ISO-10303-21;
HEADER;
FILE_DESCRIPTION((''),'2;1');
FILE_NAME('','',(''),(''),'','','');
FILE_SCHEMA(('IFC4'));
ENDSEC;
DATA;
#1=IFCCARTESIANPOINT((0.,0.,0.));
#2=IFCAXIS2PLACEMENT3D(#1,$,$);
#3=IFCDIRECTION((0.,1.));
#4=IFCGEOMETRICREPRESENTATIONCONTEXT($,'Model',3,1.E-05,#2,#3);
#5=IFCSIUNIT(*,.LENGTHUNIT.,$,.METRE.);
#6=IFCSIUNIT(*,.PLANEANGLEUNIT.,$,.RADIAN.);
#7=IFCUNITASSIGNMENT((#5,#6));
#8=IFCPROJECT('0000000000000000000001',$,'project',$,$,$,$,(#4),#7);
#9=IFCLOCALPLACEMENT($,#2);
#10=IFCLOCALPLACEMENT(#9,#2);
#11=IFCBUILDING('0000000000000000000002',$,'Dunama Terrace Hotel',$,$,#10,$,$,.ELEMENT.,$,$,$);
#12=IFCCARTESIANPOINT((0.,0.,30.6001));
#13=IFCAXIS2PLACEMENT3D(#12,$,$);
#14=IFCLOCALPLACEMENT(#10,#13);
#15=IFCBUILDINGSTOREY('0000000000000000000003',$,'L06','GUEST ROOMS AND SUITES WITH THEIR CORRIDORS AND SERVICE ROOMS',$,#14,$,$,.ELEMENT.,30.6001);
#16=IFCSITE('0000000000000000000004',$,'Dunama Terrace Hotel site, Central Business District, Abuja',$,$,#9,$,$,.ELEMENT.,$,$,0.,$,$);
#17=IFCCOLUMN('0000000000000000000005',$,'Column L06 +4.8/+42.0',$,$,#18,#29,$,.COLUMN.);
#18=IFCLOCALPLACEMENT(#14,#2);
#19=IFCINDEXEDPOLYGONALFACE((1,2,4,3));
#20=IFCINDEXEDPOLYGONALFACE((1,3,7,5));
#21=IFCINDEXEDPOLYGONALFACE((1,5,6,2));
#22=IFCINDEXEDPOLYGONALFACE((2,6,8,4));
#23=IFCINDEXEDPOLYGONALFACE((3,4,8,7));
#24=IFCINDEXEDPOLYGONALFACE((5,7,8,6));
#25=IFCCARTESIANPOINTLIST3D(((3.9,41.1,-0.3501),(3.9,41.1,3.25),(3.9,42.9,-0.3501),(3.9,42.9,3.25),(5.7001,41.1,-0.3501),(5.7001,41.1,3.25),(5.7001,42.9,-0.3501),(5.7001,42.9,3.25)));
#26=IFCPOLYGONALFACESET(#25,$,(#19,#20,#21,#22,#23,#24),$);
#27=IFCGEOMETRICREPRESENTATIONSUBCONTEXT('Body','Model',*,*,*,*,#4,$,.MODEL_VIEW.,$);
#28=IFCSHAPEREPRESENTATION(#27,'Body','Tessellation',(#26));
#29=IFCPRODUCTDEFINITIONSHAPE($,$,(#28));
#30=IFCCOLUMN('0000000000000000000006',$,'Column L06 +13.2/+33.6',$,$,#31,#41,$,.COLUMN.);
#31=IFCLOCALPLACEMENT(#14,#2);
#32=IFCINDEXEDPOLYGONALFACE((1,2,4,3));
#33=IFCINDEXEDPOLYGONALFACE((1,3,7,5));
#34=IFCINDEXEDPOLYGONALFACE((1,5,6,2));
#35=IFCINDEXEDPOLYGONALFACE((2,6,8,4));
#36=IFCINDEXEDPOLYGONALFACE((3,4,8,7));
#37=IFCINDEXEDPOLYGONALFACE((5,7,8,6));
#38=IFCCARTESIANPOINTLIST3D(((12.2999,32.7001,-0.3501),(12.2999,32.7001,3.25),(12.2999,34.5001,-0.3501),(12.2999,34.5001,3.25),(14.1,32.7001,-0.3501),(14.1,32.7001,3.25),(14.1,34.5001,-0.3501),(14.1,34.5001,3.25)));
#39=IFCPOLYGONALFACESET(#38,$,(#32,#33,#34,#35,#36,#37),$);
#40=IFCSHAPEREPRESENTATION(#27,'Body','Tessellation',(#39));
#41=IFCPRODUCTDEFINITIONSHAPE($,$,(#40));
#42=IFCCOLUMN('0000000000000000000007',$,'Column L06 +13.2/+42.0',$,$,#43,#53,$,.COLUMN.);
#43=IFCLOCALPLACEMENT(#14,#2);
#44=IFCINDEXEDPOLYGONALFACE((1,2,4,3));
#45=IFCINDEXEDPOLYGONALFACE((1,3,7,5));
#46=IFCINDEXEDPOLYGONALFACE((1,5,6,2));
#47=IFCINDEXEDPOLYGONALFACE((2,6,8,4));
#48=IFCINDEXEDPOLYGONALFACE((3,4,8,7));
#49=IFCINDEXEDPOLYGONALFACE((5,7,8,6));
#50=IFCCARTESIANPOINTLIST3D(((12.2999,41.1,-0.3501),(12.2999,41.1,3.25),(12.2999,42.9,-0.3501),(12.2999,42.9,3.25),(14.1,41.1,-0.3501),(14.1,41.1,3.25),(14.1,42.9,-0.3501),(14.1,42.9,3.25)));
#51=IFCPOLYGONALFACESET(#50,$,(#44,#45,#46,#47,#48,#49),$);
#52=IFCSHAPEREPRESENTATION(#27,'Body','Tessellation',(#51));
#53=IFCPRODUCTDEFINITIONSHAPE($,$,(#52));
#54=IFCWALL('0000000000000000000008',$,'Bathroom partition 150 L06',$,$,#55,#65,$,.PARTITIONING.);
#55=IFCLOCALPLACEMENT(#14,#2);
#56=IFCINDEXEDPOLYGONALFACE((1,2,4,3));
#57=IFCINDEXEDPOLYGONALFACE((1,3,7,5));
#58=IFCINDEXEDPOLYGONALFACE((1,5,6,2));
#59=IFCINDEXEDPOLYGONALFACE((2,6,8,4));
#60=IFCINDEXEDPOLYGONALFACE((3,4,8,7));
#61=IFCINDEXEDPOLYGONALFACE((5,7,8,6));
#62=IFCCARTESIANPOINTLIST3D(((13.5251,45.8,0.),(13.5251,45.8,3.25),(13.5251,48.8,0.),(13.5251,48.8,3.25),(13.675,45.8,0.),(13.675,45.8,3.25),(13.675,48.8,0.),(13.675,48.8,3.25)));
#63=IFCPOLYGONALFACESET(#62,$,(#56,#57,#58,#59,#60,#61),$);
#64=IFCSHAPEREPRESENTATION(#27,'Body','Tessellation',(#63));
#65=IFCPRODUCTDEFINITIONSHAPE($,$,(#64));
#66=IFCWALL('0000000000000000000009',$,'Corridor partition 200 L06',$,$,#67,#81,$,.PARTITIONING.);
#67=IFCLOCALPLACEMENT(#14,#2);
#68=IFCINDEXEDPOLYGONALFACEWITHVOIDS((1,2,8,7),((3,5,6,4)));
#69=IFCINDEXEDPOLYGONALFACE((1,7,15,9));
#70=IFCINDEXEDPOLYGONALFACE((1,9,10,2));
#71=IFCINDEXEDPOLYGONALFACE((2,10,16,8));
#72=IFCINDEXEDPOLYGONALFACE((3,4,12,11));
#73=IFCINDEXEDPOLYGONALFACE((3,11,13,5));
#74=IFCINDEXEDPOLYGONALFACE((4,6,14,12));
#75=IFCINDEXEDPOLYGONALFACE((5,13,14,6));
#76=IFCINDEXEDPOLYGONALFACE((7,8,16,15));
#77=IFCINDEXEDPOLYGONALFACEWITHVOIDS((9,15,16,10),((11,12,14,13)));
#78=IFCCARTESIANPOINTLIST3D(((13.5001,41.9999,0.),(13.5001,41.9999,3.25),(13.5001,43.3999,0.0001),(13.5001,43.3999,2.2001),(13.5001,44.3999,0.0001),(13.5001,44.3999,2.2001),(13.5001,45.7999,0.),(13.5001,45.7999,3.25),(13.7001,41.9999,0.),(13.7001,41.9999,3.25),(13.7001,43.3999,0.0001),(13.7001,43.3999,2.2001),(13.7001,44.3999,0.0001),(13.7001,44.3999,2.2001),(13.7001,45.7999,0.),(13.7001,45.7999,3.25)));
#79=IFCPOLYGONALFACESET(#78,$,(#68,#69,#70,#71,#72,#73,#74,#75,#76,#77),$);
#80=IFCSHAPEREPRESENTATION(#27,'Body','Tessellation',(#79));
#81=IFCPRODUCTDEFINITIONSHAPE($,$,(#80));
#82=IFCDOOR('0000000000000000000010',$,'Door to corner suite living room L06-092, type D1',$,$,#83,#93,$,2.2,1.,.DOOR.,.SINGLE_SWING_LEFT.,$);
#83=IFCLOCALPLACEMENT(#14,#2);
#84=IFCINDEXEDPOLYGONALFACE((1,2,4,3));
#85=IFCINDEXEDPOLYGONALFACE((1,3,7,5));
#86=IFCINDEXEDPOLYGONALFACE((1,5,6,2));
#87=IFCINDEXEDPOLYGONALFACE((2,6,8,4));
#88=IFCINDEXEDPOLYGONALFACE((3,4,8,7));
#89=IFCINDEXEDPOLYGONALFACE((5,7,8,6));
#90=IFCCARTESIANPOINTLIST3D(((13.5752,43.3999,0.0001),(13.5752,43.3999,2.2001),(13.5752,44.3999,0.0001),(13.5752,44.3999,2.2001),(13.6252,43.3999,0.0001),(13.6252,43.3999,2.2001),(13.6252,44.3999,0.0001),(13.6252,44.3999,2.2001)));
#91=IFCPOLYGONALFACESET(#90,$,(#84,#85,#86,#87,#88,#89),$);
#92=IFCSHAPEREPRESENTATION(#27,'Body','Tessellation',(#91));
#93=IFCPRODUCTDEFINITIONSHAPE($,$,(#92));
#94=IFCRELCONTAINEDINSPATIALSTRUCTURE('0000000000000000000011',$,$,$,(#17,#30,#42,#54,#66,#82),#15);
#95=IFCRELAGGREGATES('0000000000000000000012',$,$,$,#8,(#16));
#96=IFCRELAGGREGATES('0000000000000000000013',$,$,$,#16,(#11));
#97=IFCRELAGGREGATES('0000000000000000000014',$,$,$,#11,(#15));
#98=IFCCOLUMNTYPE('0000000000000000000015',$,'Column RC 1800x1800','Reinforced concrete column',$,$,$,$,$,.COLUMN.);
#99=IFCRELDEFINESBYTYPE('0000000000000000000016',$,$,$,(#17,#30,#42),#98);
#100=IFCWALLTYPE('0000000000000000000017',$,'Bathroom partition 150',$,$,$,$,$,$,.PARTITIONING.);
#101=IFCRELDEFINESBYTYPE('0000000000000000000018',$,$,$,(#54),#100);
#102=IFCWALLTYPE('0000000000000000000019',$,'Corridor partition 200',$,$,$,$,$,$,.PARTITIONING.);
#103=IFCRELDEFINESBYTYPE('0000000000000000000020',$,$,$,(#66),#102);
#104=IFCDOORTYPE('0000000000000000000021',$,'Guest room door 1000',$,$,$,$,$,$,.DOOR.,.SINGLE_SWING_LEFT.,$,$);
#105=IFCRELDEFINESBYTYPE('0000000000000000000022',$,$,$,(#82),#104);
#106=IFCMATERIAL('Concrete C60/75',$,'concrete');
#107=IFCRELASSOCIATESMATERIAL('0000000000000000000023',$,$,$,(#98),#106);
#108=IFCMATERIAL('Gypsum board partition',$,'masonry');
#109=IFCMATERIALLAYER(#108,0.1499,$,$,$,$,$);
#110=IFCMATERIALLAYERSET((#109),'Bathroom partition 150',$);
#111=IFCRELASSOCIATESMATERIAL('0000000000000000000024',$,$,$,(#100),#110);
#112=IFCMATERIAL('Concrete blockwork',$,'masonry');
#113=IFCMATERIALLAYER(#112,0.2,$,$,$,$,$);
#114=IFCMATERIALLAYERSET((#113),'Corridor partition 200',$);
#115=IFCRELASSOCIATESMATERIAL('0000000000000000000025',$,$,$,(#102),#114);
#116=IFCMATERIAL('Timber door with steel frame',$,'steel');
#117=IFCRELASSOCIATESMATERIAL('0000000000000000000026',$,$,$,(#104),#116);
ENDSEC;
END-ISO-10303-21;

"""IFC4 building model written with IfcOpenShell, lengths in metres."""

from ifc_helpers import new_model, si_unit, direction, frame, frame_2d, origin, origin_2d, place, context, subcontext, project, spatial, rectangle, extrude, material, layer, layer_set, material_profile, profile_set, type_object, element, fill, save


model = new_model("IFC4")

# Units and contexts
model_context = context("Model", 3, precision=1e-05, world=origin(), true_north=direction((0.0, 1.0)))
body_context = subcontext(model_context, "Body", "Model", "MODEL_VIEW")
ifc_project = project(units=[si_unit("LENGTHUNIT", "METRE"), si_unit("PLANEANGLEUNIT", "RADIAN")], contexts=[model_context])

# Site, building, storey
site_placement = place(None, origin())
site = spatial("IfcSite", under=ifc_project, at=site_placement, Name="Dunama Terrace Hotel site, Central Business District, Abuja", CompositionType="ELEMENT", RefElevation=0.0)
building_placement = place(site_placement, origin())
building = spatial("IfcBuilding", under=site, at=building_placement, Name="Dunama Terrace Hotel", CompositionType="ELEMENT")
storey_placement = place(building_placement, frame((0.0, 0.0, 30.6001)))
storey = spatial("IfcBuildingStorey", under=building, at=storey_placement, Name="L06", Description="GUEST ROOMS AND SUITES WITH THEIR CORRIDORS AND SERVICE ROOMS", CompositionType="ELEMENT", Elevation=30.6001)

# Columns
ifc_material_1 = material(Name="Concrete C60/75", Category="concrete")
ifc_material_profile = material_profile(ifc_material_1, rectangle(XDim=1.8, YDim=1.8, at=origin_2d()), Name="RC 1800x1800")
ifc_profile_set = profile_set([ifc_material_profile], Name="Concrete C60/75")
column_type = type_object("IfcColumnType", Name="Column RC 1800x1800", Description="Reinforced concrete column", PredefinedType="COLUMN", material=ifc_profile_set)
for number, where, z_axis, x_axis, name in (
    (1, (4.8, 42.0, -0.3501), (0.0, 0.0, 1.0), (1.0, 0.0, 0.0), "Column L06 +4.8/+42.0"),
    (2, (13.2, 33.6001, -0.3501), (0.0, 0.0, 1.0), (1.0, 0.0, 0.0), "Column L06 +13.2/+33.6"),
    (3, (13.2, 42.0, -0.3501), (0.0, 0.0, 1.0), (1.0, 0.0, 0.0), "Column L06 +13.2/+42.0"),
):
    element("IfcColumn", number, at=place(storey_placement, frame(where, z_axis=z_axis, x_axis=x_axis)), inside=storey, type_object=column_type, Name=name, PredefinedType="COLUMN", context=body_context, shape_type="SweptSolid", body=[
        extrude(rectangle(XDim=1.8, YDim=1.8, at=origin_2d()), origin(), (0.0, 0.0, 1.0), 3.6001),
    ])

# Wall
ifc_material_2 = material(Name="Gypsum board partition", Category="masonry")
ifc_layer_1 = layer(ifc_material_2, 0.1499)
ifc_layer_set_1 = layer_set([ifc_layer_1], Name="Bathroom partition 150")
wall_type_1 = type_object("IfcWallType", Name="Bathroom partition 150", PredefinedType="PARTITIONING", material=ifc_layer_set_1)
wall_1_placement = place(storey_placement, frame((13.6001, 45.8, 0.0), z_axis=(0.0, 0.0, 1.0), x_axis=(0.0, 1.0, 0.0)))
element("IfcWall", 4, at=wall_1_placement, inside=storey, type_object=wall_type_1, Name="Bathroom partition 150 L06", PredefinedType="PARTITIONING", context=body_context, shape_type="SweptSolid", body=[
    extrude(rectangle(XDim=3.0, YDim=0.1499, at=frame_2d((1.5, 0.0))), origin(), (0.0, 0.0, 1.0), 3.25),
])

# Wall, opening, door
ifc_material_3 = material(Name="Concrete blockwork", Category="masonry")
ifc_layer_2 = layer(ifc_material_3, 0.2)
ifc_layer_set_2 = layer_set([ifc_layer_2], Name="Corridor partition 200")
wall_type_2 = type_object("IfcWallType", Name="Corridor partition 200", PredefinedType="PARTITIONING", material=ifc_layer_set_2)
wall_2_placement = place(storey_placement, frame((13.6001, 42.0, 0.0), z_axis=(0.0, 0.0, 1.0), x_axis=(0.0, 1.0, 0.0)))
wall_2 = element("IfcWall", 5, at=wall_2_placement, inside=storey, type_object=wall_type_2, Name="Corridor partition 200 L06", PredefinedType="PARTITIONING", context=body_context, shape_type="SweptSolid", body=[
    extrude(rectangle(XDim=3.8, YDim=0.2, at=frame_2d((1.8999, 0.0))), origin(), (0.0, 0.0, 1.0), 3.25),
])
opening_1_placement = place(wall_2_placement, frame((1.3999, 0.0, 0.0)))
opening_1 = element("IfcOpeningElement", 6, at=opening_1_placement, cuts=wall_2, PredefinedType="OPENING", context=body_context, shape_type="SweptSolid", body=[
    extrude(rectangle(XDim=1.0, YDim=2.2, at=frame_2d((0.5, 1.1001))), frame((0.0, 0.1099, 0.0), z_axis=(0.0, -1.0, 0.0), x_axis=(1.0, 0.0, 0.0)), (0.0, 0.0, 1.0), 0.22),
])
ifc_material_4 = material(Name="Timber door with steel frame", Category="steel")
door_type_1 = type_object("IfcDoorType", Name="Guest room door 1000", OperationType="SINGLE_SWING_LEFT", PredefinedType="DOOR", material=ifc_material_4)
door_1_placement = place(opening_1_placement, origin())
door_1 = element("IfcDoor", 7, at=door_1_placement, inside=storey, type_object=door_type_1, Name="Door to corner suite living room L06-092, type D1", OperationType="SINGLE_SWING_LEFT", OverallHeight=2.2, OverallWidth=1.0, PredefinedType="DOOR", context=body_context, shape_type="SweptSolid", body=[
    extrude(rectangle(XDim=1.0, YDim=2.2, at=frame_2d((0.5, 1.1001))), frame((0.0, 0.0249, 0.0), z_axis=(0.0, -1.0, 0.0), x_axis=(1.0, 0.0, 0.0)), (0.0, 0.0, 1.0), 0.05),
])
fill(opening_1, door_1)

save(model, "model.ifc")
